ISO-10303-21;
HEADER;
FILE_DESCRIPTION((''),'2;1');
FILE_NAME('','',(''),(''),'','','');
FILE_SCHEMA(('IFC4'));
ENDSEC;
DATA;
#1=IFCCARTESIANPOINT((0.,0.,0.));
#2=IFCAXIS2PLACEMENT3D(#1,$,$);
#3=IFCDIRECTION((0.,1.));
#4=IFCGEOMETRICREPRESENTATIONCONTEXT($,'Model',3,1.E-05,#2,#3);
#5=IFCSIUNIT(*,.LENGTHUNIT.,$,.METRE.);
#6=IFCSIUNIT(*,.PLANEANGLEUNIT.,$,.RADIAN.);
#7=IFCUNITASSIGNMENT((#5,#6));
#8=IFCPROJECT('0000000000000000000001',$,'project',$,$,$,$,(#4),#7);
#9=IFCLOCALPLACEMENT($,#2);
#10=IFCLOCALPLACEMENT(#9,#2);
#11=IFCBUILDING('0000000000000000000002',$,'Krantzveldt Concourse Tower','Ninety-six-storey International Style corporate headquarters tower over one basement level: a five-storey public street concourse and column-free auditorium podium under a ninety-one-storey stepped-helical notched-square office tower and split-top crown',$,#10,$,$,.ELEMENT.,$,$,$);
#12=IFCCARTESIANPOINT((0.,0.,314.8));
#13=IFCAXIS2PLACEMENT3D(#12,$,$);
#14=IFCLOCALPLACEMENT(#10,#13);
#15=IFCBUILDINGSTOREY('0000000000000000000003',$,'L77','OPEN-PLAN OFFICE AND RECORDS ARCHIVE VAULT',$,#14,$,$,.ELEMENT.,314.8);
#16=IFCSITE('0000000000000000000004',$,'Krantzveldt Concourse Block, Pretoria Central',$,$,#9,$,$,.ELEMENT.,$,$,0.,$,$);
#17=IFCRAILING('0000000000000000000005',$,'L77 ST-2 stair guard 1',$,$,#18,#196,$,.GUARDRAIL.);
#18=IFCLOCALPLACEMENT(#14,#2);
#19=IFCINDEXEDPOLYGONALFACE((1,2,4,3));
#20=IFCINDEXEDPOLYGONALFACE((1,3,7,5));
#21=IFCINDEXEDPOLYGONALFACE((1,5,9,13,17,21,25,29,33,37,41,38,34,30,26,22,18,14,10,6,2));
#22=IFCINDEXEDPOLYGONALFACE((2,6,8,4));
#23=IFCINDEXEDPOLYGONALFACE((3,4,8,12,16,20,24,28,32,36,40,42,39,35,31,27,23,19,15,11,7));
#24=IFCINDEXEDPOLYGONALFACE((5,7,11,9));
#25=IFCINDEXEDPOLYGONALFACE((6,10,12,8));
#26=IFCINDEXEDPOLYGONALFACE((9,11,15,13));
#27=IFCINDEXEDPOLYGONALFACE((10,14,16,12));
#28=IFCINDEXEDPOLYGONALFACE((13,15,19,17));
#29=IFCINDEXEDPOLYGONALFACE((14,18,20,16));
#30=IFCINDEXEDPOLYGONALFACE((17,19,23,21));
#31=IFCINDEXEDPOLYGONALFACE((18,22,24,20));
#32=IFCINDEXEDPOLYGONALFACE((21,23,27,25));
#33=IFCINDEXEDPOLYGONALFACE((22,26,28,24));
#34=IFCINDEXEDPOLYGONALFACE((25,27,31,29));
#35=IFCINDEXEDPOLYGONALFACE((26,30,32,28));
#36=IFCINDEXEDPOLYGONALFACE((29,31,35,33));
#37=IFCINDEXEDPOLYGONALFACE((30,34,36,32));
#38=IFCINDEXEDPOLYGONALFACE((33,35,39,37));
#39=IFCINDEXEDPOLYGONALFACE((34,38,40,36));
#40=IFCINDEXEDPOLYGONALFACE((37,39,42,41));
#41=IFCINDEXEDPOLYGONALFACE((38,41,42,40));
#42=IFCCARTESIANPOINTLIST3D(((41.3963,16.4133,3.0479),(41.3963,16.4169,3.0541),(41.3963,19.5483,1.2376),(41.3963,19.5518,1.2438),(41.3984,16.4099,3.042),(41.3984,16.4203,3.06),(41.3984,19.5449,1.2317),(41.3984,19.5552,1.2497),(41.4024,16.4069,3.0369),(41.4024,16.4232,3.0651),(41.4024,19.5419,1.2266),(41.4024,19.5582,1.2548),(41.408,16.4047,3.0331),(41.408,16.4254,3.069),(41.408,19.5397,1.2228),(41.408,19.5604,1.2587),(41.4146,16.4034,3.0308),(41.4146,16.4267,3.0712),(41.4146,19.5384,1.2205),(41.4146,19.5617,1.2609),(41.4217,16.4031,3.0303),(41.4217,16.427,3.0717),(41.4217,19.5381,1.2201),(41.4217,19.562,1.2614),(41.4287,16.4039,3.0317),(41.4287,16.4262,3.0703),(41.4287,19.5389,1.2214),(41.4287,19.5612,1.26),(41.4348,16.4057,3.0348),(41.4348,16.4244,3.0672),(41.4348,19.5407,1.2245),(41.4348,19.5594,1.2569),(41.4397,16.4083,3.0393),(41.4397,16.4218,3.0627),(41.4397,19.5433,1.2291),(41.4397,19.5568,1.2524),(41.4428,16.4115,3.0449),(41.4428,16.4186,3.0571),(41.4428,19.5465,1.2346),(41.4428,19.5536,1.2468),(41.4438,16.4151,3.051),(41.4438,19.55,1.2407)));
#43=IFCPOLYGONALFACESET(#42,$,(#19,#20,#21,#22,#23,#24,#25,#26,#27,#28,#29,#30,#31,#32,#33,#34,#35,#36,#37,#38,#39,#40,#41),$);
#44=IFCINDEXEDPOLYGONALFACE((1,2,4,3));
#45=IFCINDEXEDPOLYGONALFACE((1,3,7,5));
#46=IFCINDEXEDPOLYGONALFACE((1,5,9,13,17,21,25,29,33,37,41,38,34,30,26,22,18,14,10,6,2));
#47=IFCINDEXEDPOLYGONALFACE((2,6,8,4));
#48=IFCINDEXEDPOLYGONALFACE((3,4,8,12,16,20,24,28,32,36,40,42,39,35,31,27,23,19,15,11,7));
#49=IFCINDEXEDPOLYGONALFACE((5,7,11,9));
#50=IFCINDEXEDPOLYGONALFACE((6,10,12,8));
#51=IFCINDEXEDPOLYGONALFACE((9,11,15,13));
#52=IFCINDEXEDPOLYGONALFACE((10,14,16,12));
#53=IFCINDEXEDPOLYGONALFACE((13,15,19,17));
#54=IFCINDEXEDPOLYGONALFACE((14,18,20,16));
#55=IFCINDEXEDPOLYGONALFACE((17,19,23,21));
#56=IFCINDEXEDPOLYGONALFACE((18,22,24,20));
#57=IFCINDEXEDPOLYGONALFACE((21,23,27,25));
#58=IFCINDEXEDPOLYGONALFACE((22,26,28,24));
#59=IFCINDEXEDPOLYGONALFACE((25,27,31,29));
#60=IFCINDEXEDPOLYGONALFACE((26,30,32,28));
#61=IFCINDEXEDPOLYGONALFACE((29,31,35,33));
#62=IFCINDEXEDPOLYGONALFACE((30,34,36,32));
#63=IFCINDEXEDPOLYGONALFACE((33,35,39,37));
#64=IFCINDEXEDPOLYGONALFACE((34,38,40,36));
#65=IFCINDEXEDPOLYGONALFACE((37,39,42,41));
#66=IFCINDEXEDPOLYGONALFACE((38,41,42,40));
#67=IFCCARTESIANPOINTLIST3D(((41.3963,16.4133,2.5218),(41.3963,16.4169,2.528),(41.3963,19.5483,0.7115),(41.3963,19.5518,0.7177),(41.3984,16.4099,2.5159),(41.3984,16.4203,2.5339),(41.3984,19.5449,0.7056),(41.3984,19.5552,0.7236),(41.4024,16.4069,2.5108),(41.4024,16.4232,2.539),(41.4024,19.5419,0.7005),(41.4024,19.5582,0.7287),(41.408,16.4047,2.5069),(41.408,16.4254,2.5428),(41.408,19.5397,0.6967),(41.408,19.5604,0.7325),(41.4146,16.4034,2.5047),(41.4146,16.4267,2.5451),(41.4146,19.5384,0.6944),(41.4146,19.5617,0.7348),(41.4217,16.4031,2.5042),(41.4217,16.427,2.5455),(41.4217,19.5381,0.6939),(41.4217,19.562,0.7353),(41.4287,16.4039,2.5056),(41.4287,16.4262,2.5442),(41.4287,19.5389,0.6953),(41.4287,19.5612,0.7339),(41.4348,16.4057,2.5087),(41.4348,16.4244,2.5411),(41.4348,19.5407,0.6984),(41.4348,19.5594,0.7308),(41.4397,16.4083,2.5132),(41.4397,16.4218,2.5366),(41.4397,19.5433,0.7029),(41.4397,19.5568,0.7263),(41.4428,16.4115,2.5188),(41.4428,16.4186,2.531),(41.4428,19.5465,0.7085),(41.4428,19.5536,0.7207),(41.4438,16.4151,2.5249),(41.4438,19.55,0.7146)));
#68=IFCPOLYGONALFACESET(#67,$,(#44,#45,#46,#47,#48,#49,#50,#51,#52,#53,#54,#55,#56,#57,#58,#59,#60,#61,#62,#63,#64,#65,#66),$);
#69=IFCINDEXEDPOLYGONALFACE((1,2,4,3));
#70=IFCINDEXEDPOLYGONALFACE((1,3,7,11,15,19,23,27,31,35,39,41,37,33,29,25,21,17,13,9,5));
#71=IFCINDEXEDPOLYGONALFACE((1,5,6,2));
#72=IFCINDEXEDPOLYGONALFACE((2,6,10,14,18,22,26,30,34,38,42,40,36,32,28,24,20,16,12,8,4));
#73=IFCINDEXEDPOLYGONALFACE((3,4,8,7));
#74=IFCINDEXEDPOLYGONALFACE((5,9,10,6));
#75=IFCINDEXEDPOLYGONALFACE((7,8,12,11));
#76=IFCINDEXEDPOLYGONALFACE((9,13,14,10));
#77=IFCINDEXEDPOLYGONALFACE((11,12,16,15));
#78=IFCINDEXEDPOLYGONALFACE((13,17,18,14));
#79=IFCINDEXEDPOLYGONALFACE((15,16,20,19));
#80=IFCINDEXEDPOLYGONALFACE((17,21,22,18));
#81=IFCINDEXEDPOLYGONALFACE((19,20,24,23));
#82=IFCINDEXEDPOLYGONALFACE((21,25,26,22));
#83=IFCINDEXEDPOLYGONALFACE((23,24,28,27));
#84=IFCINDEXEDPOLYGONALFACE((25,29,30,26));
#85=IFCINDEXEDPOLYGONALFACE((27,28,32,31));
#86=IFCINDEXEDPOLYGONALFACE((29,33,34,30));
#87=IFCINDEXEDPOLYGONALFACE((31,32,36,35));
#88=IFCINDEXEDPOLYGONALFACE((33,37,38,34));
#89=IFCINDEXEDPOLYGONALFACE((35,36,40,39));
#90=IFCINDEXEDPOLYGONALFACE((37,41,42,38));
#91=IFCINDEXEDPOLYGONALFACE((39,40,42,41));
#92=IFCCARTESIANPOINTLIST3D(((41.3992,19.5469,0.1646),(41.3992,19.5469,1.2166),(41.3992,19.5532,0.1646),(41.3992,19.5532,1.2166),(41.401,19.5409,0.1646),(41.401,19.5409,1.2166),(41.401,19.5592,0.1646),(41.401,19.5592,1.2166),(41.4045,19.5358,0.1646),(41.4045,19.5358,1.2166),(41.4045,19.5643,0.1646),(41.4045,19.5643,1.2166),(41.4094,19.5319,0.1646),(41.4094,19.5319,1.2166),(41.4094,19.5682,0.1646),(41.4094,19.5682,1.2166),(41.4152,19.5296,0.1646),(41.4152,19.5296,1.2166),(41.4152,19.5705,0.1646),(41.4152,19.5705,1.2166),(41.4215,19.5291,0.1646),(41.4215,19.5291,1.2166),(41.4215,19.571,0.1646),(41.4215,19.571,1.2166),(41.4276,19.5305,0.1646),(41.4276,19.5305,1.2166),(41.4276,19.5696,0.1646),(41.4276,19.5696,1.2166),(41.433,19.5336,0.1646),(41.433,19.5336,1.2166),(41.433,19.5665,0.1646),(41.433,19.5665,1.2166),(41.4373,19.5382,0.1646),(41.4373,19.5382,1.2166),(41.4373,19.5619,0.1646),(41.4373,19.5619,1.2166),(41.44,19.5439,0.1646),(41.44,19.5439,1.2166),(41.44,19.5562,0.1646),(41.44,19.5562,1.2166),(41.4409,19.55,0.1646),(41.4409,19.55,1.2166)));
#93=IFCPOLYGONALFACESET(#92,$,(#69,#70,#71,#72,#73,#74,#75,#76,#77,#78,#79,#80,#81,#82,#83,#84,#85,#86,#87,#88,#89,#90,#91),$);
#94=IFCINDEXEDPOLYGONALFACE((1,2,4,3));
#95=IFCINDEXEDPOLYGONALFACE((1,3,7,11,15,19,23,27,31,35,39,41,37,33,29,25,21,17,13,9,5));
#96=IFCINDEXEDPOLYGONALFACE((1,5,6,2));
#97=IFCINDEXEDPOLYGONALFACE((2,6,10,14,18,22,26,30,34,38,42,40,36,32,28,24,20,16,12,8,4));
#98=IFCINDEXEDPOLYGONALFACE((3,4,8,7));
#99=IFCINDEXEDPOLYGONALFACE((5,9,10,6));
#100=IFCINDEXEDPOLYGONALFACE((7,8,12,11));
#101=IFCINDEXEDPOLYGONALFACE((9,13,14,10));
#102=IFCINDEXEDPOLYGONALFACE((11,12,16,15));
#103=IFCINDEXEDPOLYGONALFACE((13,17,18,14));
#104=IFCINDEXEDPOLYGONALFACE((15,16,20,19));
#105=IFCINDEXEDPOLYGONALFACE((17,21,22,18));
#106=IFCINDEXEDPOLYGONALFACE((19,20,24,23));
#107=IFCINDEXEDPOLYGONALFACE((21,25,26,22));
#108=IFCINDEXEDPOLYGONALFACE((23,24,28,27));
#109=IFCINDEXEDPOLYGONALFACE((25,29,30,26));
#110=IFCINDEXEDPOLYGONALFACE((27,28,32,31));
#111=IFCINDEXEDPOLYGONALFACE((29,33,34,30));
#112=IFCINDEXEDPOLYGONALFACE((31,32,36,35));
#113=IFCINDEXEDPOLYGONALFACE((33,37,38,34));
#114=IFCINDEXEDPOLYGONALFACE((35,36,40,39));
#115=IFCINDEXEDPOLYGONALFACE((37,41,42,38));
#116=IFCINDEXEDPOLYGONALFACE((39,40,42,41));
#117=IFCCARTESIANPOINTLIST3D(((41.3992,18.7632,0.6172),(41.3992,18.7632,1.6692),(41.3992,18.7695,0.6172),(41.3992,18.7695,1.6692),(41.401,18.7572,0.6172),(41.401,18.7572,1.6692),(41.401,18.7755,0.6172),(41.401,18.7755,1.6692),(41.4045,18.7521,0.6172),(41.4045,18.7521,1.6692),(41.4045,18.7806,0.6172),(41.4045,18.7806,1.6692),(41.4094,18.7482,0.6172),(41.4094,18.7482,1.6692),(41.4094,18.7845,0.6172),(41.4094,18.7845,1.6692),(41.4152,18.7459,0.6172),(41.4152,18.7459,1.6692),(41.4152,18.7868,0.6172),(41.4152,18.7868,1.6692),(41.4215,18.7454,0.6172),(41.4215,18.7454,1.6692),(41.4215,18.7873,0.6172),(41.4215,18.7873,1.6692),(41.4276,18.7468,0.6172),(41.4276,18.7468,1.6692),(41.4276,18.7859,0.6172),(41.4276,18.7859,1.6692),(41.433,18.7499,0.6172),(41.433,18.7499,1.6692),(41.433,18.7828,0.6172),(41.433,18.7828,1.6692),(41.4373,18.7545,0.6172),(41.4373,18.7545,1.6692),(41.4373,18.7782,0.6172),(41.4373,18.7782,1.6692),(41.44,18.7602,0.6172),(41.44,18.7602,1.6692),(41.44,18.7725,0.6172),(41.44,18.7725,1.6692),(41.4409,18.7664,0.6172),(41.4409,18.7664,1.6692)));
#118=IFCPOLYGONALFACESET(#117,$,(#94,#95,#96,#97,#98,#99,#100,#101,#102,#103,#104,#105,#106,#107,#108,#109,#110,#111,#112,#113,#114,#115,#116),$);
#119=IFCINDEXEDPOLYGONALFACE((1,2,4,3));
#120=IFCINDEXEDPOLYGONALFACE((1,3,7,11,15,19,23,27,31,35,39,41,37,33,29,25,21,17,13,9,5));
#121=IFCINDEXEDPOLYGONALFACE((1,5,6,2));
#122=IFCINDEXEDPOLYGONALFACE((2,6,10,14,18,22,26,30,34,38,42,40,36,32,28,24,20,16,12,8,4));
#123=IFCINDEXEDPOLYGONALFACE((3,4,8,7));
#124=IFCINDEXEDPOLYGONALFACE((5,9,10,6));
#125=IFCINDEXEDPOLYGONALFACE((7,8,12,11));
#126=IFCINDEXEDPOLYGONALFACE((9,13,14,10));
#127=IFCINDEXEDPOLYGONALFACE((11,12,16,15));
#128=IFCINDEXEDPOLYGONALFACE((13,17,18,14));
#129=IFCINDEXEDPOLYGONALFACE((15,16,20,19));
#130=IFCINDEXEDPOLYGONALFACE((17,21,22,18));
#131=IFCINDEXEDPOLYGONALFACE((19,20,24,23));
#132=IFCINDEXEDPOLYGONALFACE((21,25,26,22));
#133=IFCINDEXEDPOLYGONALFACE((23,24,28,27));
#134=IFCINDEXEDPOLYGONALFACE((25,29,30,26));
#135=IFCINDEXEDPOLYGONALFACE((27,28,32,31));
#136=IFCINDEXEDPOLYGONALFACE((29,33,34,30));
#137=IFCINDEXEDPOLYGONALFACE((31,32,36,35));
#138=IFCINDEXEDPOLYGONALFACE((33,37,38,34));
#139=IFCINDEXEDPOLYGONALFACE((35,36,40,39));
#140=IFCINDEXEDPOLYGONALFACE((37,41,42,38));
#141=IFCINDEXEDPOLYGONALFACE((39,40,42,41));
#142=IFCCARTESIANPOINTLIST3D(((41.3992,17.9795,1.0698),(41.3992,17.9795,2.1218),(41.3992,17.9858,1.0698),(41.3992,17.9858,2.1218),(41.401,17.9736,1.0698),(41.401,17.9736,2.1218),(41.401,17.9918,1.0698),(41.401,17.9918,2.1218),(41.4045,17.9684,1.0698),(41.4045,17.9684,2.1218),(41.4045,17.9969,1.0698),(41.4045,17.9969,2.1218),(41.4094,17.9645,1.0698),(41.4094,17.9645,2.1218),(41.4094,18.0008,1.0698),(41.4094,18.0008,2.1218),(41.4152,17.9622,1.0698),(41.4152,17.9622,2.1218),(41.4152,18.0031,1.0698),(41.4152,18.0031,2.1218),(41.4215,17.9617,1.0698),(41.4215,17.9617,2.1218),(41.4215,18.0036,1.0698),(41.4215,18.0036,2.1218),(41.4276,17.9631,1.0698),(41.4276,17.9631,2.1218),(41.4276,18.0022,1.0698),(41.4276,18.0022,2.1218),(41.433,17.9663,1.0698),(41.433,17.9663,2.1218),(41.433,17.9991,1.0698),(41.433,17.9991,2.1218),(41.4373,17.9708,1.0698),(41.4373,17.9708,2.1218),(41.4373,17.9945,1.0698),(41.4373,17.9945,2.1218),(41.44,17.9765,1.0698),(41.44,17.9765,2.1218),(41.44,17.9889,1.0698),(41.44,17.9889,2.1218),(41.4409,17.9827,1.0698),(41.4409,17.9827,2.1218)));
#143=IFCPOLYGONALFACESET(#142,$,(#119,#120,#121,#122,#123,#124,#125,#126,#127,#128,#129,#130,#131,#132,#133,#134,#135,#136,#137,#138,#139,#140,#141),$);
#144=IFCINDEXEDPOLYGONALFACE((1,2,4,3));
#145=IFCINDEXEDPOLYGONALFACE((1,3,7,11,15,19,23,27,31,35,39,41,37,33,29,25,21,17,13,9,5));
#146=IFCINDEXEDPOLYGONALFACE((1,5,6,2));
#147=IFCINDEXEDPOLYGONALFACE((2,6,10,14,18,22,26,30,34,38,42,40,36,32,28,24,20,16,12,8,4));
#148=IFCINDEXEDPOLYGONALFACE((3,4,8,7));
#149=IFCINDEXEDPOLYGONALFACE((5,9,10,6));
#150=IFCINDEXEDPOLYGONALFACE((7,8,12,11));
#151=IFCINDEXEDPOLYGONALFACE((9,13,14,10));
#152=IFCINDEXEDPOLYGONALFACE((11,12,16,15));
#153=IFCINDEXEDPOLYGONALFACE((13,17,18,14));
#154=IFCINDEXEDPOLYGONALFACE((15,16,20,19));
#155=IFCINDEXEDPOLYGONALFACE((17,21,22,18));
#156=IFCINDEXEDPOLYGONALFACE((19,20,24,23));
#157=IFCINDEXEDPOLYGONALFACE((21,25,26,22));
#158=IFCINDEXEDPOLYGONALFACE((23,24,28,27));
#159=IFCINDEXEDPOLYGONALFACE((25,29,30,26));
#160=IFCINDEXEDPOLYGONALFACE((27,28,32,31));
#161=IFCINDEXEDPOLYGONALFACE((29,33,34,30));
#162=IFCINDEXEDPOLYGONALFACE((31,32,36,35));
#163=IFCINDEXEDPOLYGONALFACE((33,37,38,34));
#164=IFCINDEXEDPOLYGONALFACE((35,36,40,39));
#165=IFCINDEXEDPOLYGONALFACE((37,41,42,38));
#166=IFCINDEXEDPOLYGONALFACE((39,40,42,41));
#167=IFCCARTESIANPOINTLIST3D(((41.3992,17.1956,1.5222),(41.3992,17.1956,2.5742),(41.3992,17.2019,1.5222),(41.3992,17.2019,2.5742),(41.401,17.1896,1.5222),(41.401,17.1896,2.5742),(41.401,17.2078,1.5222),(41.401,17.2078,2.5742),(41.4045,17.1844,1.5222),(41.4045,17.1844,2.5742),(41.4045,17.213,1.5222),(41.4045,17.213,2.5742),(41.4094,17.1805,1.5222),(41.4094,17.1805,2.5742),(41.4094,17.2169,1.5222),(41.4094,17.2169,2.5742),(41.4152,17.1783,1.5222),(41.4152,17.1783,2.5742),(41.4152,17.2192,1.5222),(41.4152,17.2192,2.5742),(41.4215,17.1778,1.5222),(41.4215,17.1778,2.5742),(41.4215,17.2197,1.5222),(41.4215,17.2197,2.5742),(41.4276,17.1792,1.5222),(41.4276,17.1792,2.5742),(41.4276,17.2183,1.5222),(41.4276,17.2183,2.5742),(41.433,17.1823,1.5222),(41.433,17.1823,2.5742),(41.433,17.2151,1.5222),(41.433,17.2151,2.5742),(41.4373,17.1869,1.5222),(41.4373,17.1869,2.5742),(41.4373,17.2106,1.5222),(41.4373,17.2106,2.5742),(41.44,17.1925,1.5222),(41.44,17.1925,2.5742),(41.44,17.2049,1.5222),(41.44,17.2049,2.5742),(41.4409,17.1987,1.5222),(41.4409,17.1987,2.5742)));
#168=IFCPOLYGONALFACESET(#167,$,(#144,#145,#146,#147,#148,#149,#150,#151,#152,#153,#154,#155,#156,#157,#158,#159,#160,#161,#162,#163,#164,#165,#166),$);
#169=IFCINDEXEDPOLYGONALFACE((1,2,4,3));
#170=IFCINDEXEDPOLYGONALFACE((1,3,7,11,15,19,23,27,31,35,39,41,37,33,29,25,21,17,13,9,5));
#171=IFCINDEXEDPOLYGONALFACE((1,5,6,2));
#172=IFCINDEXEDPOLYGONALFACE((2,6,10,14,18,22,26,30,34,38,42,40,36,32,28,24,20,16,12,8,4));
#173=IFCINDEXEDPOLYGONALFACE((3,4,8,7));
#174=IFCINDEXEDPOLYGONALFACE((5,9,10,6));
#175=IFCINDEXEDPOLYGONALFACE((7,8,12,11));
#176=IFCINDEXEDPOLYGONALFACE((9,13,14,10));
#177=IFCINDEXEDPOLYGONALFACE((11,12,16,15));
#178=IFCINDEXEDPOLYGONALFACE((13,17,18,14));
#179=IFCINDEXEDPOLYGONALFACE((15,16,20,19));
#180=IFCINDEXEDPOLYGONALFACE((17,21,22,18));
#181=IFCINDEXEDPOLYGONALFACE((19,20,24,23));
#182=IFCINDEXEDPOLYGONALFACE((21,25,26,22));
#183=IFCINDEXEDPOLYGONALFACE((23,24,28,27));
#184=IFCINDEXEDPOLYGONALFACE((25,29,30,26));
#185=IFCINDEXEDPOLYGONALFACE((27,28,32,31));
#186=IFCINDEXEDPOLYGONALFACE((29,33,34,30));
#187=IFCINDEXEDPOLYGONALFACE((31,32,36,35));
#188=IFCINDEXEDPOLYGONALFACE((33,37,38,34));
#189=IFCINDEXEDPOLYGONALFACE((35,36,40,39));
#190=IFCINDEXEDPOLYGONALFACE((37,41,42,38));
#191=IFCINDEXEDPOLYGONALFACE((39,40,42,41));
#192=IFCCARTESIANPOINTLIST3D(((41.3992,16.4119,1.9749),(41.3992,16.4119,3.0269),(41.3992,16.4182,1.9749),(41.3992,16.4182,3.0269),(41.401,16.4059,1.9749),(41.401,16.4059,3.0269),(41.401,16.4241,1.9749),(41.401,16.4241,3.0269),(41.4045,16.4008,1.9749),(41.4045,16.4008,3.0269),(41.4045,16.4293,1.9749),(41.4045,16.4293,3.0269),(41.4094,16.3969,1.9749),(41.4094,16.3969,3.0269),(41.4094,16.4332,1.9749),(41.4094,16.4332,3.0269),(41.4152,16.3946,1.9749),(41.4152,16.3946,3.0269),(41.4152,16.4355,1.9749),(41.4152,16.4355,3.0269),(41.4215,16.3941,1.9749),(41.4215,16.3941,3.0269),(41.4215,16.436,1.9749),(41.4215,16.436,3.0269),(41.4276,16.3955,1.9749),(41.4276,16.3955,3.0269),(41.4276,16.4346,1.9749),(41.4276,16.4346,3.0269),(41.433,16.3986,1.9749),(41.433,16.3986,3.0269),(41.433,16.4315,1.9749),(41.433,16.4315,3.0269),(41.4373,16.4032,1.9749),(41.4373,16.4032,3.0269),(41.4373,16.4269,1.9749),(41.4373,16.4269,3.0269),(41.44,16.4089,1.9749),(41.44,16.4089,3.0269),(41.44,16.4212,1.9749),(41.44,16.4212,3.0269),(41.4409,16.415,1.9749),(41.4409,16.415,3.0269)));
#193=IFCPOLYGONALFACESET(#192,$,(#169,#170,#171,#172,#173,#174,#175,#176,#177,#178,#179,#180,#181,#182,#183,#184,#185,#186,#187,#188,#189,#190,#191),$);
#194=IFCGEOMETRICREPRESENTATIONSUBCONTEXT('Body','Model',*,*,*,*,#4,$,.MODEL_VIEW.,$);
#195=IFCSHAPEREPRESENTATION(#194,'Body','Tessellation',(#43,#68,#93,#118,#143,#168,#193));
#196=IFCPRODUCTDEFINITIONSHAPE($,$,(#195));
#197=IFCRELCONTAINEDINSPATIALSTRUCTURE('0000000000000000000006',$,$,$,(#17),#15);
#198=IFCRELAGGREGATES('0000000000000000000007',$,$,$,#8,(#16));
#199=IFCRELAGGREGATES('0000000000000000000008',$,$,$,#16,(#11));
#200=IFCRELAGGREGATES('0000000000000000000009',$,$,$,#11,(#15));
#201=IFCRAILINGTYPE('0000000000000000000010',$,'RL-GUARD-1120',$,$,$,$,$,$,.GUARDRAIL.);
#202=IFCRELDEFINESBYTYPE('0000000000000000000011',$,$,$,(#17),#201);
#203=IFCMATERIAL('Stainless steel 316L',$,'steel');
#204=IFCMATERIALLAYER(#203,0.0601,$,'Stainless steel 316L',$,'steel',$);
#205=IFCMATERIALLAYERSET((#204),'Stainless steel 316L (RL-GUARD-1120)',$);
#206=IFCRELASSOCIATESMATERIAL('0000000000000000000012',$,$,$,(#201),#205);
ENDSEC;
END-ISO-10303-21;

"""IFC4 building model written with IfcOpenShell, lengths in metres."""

from ifc_helpers import new_model, si_unit, direction, frame, origin, origin_2d, place, context, subcontext, project, spatial, circle, extrude, material, layer, layer_set, type_object, element, save


model = new_model("IFC4")

# Units and contexts
model_context = context("Model", 3, precision=1e-05, world=origin(), true_north=direction((0.0, 1.0)))
body_context = subcontext(model_context, "Body", "Model", "MODEL_VIEW")
ifc_project = project(units=[si_unit("LENGTHUNIT", "METRE"), si_unit("PLANEANGLEUNIT", "RADIAN")], contexts=[model_context])

# Site, building, storey
site_placement = place(None, origin())
site = spatial("IfcSite", under=ifc_project, at=site_placement, Name="Krantzveldt Concourse Block, Pretoria Central", CompositionType="ELEMENT", RefElevation=0.0)
building_placement = place(site_placement, origin())
building = spatial("IfcBuilding", under=site, at=building_placement, Name="Krantzveldt Concourse Tower", Description="Ninety-six-storey International Style corporate headquarters tower over one basement level: a five-storey public street concourse and column-free auditorium podium under a ninety-one-storey stepped-helical notched-square office tower and split-top crown", CompositionType="ELEMENT")
storey_placement = place(building_placement, frame((0.0, 0.0, 314.8)))
storey = spatial("IfcBuildingStorey", under=building, at=storey_placement, Name="L77", Description="OPEN-PLAN OFFICE AND RECORDS ARCHIVE VAULT", CompositionType="ELEMENT", Elevation=314.8)

# Shared definitions
ifc_material_1 = material(Name="Stainless steel 316L", Category="steel")

# Railing
ifc_layer_1 = layer(ifc_material_1, 0.0601, Name="Stainless steel 316L", Category="steel")
ifc_layer_set_1 = layer_set([ifc_layer_1], Name="Stainless steel 316L (RL-GUARD-1120)")
railing_type_1 = type_object("IfcRailingType", Name="RL-GUARD-1120", PredefinedType="GUARDRAIL", material=ifc_layer_set_1)
railing_1_placement = place(storey_placement, frame((41.4199, 19.55, 0.1646)))
element("IfcRailing", 1, at=railing_1_placement, inside=storey, type_object=railing_type_1, Name="L77 ST-2 stair guard 1", PredefinedType="GUARDRAIL", context=body_context, shape_type="SweptSolid", body=[
    extrude(circle(Radius=0.0239, at=origin_2d()), frame((0.0, 0.0, 1.0762), z_axis=(0.0, -0.865989, 0.500063), x_axis=(1.0, 0.0, 0.0)), (0.0, 0.0, 1.0), 3.6201),
    extrude(circle(Radius=0.0239, at=origin_2d()), frame((0.0, 0.0, 0.55), z_axis=(0.0, -0.865989, 0.500063), x_axis=(1.0, 0.0, 0.0)), (0.0, 0.0, 1.0), 3.6201),
    extrude(circle(Radius=0.021, at=origin_2d()), origin(), (0.0, 0.0, 1.0), 1.052),
    extrude(circle(Radius=0.021, at=origin_2d()), frame((0.0, -0.7837, 0.4526)), (0.0, 0.0, 1.0), 1.052),
    extrude(circle(Radius=0.021, at=origin_2d()), frame((0.0, -1.5674, 0.9053)), (0.0, 0.0, 1.0), 1.052),
    extrude(circle(Radius=0.021, at=origin_2d()), frame((0.0, -2.3513, 1.3577)), (0.0, 0.0, 1.0), 1.052),
    extrude(circle(Radius=0.021, at=origin_2d()), frame((0.0, -3.135, 1.8103)), (0.0, 0.0, 1.0), 1.052),
])

save(model, "model.ifc")
